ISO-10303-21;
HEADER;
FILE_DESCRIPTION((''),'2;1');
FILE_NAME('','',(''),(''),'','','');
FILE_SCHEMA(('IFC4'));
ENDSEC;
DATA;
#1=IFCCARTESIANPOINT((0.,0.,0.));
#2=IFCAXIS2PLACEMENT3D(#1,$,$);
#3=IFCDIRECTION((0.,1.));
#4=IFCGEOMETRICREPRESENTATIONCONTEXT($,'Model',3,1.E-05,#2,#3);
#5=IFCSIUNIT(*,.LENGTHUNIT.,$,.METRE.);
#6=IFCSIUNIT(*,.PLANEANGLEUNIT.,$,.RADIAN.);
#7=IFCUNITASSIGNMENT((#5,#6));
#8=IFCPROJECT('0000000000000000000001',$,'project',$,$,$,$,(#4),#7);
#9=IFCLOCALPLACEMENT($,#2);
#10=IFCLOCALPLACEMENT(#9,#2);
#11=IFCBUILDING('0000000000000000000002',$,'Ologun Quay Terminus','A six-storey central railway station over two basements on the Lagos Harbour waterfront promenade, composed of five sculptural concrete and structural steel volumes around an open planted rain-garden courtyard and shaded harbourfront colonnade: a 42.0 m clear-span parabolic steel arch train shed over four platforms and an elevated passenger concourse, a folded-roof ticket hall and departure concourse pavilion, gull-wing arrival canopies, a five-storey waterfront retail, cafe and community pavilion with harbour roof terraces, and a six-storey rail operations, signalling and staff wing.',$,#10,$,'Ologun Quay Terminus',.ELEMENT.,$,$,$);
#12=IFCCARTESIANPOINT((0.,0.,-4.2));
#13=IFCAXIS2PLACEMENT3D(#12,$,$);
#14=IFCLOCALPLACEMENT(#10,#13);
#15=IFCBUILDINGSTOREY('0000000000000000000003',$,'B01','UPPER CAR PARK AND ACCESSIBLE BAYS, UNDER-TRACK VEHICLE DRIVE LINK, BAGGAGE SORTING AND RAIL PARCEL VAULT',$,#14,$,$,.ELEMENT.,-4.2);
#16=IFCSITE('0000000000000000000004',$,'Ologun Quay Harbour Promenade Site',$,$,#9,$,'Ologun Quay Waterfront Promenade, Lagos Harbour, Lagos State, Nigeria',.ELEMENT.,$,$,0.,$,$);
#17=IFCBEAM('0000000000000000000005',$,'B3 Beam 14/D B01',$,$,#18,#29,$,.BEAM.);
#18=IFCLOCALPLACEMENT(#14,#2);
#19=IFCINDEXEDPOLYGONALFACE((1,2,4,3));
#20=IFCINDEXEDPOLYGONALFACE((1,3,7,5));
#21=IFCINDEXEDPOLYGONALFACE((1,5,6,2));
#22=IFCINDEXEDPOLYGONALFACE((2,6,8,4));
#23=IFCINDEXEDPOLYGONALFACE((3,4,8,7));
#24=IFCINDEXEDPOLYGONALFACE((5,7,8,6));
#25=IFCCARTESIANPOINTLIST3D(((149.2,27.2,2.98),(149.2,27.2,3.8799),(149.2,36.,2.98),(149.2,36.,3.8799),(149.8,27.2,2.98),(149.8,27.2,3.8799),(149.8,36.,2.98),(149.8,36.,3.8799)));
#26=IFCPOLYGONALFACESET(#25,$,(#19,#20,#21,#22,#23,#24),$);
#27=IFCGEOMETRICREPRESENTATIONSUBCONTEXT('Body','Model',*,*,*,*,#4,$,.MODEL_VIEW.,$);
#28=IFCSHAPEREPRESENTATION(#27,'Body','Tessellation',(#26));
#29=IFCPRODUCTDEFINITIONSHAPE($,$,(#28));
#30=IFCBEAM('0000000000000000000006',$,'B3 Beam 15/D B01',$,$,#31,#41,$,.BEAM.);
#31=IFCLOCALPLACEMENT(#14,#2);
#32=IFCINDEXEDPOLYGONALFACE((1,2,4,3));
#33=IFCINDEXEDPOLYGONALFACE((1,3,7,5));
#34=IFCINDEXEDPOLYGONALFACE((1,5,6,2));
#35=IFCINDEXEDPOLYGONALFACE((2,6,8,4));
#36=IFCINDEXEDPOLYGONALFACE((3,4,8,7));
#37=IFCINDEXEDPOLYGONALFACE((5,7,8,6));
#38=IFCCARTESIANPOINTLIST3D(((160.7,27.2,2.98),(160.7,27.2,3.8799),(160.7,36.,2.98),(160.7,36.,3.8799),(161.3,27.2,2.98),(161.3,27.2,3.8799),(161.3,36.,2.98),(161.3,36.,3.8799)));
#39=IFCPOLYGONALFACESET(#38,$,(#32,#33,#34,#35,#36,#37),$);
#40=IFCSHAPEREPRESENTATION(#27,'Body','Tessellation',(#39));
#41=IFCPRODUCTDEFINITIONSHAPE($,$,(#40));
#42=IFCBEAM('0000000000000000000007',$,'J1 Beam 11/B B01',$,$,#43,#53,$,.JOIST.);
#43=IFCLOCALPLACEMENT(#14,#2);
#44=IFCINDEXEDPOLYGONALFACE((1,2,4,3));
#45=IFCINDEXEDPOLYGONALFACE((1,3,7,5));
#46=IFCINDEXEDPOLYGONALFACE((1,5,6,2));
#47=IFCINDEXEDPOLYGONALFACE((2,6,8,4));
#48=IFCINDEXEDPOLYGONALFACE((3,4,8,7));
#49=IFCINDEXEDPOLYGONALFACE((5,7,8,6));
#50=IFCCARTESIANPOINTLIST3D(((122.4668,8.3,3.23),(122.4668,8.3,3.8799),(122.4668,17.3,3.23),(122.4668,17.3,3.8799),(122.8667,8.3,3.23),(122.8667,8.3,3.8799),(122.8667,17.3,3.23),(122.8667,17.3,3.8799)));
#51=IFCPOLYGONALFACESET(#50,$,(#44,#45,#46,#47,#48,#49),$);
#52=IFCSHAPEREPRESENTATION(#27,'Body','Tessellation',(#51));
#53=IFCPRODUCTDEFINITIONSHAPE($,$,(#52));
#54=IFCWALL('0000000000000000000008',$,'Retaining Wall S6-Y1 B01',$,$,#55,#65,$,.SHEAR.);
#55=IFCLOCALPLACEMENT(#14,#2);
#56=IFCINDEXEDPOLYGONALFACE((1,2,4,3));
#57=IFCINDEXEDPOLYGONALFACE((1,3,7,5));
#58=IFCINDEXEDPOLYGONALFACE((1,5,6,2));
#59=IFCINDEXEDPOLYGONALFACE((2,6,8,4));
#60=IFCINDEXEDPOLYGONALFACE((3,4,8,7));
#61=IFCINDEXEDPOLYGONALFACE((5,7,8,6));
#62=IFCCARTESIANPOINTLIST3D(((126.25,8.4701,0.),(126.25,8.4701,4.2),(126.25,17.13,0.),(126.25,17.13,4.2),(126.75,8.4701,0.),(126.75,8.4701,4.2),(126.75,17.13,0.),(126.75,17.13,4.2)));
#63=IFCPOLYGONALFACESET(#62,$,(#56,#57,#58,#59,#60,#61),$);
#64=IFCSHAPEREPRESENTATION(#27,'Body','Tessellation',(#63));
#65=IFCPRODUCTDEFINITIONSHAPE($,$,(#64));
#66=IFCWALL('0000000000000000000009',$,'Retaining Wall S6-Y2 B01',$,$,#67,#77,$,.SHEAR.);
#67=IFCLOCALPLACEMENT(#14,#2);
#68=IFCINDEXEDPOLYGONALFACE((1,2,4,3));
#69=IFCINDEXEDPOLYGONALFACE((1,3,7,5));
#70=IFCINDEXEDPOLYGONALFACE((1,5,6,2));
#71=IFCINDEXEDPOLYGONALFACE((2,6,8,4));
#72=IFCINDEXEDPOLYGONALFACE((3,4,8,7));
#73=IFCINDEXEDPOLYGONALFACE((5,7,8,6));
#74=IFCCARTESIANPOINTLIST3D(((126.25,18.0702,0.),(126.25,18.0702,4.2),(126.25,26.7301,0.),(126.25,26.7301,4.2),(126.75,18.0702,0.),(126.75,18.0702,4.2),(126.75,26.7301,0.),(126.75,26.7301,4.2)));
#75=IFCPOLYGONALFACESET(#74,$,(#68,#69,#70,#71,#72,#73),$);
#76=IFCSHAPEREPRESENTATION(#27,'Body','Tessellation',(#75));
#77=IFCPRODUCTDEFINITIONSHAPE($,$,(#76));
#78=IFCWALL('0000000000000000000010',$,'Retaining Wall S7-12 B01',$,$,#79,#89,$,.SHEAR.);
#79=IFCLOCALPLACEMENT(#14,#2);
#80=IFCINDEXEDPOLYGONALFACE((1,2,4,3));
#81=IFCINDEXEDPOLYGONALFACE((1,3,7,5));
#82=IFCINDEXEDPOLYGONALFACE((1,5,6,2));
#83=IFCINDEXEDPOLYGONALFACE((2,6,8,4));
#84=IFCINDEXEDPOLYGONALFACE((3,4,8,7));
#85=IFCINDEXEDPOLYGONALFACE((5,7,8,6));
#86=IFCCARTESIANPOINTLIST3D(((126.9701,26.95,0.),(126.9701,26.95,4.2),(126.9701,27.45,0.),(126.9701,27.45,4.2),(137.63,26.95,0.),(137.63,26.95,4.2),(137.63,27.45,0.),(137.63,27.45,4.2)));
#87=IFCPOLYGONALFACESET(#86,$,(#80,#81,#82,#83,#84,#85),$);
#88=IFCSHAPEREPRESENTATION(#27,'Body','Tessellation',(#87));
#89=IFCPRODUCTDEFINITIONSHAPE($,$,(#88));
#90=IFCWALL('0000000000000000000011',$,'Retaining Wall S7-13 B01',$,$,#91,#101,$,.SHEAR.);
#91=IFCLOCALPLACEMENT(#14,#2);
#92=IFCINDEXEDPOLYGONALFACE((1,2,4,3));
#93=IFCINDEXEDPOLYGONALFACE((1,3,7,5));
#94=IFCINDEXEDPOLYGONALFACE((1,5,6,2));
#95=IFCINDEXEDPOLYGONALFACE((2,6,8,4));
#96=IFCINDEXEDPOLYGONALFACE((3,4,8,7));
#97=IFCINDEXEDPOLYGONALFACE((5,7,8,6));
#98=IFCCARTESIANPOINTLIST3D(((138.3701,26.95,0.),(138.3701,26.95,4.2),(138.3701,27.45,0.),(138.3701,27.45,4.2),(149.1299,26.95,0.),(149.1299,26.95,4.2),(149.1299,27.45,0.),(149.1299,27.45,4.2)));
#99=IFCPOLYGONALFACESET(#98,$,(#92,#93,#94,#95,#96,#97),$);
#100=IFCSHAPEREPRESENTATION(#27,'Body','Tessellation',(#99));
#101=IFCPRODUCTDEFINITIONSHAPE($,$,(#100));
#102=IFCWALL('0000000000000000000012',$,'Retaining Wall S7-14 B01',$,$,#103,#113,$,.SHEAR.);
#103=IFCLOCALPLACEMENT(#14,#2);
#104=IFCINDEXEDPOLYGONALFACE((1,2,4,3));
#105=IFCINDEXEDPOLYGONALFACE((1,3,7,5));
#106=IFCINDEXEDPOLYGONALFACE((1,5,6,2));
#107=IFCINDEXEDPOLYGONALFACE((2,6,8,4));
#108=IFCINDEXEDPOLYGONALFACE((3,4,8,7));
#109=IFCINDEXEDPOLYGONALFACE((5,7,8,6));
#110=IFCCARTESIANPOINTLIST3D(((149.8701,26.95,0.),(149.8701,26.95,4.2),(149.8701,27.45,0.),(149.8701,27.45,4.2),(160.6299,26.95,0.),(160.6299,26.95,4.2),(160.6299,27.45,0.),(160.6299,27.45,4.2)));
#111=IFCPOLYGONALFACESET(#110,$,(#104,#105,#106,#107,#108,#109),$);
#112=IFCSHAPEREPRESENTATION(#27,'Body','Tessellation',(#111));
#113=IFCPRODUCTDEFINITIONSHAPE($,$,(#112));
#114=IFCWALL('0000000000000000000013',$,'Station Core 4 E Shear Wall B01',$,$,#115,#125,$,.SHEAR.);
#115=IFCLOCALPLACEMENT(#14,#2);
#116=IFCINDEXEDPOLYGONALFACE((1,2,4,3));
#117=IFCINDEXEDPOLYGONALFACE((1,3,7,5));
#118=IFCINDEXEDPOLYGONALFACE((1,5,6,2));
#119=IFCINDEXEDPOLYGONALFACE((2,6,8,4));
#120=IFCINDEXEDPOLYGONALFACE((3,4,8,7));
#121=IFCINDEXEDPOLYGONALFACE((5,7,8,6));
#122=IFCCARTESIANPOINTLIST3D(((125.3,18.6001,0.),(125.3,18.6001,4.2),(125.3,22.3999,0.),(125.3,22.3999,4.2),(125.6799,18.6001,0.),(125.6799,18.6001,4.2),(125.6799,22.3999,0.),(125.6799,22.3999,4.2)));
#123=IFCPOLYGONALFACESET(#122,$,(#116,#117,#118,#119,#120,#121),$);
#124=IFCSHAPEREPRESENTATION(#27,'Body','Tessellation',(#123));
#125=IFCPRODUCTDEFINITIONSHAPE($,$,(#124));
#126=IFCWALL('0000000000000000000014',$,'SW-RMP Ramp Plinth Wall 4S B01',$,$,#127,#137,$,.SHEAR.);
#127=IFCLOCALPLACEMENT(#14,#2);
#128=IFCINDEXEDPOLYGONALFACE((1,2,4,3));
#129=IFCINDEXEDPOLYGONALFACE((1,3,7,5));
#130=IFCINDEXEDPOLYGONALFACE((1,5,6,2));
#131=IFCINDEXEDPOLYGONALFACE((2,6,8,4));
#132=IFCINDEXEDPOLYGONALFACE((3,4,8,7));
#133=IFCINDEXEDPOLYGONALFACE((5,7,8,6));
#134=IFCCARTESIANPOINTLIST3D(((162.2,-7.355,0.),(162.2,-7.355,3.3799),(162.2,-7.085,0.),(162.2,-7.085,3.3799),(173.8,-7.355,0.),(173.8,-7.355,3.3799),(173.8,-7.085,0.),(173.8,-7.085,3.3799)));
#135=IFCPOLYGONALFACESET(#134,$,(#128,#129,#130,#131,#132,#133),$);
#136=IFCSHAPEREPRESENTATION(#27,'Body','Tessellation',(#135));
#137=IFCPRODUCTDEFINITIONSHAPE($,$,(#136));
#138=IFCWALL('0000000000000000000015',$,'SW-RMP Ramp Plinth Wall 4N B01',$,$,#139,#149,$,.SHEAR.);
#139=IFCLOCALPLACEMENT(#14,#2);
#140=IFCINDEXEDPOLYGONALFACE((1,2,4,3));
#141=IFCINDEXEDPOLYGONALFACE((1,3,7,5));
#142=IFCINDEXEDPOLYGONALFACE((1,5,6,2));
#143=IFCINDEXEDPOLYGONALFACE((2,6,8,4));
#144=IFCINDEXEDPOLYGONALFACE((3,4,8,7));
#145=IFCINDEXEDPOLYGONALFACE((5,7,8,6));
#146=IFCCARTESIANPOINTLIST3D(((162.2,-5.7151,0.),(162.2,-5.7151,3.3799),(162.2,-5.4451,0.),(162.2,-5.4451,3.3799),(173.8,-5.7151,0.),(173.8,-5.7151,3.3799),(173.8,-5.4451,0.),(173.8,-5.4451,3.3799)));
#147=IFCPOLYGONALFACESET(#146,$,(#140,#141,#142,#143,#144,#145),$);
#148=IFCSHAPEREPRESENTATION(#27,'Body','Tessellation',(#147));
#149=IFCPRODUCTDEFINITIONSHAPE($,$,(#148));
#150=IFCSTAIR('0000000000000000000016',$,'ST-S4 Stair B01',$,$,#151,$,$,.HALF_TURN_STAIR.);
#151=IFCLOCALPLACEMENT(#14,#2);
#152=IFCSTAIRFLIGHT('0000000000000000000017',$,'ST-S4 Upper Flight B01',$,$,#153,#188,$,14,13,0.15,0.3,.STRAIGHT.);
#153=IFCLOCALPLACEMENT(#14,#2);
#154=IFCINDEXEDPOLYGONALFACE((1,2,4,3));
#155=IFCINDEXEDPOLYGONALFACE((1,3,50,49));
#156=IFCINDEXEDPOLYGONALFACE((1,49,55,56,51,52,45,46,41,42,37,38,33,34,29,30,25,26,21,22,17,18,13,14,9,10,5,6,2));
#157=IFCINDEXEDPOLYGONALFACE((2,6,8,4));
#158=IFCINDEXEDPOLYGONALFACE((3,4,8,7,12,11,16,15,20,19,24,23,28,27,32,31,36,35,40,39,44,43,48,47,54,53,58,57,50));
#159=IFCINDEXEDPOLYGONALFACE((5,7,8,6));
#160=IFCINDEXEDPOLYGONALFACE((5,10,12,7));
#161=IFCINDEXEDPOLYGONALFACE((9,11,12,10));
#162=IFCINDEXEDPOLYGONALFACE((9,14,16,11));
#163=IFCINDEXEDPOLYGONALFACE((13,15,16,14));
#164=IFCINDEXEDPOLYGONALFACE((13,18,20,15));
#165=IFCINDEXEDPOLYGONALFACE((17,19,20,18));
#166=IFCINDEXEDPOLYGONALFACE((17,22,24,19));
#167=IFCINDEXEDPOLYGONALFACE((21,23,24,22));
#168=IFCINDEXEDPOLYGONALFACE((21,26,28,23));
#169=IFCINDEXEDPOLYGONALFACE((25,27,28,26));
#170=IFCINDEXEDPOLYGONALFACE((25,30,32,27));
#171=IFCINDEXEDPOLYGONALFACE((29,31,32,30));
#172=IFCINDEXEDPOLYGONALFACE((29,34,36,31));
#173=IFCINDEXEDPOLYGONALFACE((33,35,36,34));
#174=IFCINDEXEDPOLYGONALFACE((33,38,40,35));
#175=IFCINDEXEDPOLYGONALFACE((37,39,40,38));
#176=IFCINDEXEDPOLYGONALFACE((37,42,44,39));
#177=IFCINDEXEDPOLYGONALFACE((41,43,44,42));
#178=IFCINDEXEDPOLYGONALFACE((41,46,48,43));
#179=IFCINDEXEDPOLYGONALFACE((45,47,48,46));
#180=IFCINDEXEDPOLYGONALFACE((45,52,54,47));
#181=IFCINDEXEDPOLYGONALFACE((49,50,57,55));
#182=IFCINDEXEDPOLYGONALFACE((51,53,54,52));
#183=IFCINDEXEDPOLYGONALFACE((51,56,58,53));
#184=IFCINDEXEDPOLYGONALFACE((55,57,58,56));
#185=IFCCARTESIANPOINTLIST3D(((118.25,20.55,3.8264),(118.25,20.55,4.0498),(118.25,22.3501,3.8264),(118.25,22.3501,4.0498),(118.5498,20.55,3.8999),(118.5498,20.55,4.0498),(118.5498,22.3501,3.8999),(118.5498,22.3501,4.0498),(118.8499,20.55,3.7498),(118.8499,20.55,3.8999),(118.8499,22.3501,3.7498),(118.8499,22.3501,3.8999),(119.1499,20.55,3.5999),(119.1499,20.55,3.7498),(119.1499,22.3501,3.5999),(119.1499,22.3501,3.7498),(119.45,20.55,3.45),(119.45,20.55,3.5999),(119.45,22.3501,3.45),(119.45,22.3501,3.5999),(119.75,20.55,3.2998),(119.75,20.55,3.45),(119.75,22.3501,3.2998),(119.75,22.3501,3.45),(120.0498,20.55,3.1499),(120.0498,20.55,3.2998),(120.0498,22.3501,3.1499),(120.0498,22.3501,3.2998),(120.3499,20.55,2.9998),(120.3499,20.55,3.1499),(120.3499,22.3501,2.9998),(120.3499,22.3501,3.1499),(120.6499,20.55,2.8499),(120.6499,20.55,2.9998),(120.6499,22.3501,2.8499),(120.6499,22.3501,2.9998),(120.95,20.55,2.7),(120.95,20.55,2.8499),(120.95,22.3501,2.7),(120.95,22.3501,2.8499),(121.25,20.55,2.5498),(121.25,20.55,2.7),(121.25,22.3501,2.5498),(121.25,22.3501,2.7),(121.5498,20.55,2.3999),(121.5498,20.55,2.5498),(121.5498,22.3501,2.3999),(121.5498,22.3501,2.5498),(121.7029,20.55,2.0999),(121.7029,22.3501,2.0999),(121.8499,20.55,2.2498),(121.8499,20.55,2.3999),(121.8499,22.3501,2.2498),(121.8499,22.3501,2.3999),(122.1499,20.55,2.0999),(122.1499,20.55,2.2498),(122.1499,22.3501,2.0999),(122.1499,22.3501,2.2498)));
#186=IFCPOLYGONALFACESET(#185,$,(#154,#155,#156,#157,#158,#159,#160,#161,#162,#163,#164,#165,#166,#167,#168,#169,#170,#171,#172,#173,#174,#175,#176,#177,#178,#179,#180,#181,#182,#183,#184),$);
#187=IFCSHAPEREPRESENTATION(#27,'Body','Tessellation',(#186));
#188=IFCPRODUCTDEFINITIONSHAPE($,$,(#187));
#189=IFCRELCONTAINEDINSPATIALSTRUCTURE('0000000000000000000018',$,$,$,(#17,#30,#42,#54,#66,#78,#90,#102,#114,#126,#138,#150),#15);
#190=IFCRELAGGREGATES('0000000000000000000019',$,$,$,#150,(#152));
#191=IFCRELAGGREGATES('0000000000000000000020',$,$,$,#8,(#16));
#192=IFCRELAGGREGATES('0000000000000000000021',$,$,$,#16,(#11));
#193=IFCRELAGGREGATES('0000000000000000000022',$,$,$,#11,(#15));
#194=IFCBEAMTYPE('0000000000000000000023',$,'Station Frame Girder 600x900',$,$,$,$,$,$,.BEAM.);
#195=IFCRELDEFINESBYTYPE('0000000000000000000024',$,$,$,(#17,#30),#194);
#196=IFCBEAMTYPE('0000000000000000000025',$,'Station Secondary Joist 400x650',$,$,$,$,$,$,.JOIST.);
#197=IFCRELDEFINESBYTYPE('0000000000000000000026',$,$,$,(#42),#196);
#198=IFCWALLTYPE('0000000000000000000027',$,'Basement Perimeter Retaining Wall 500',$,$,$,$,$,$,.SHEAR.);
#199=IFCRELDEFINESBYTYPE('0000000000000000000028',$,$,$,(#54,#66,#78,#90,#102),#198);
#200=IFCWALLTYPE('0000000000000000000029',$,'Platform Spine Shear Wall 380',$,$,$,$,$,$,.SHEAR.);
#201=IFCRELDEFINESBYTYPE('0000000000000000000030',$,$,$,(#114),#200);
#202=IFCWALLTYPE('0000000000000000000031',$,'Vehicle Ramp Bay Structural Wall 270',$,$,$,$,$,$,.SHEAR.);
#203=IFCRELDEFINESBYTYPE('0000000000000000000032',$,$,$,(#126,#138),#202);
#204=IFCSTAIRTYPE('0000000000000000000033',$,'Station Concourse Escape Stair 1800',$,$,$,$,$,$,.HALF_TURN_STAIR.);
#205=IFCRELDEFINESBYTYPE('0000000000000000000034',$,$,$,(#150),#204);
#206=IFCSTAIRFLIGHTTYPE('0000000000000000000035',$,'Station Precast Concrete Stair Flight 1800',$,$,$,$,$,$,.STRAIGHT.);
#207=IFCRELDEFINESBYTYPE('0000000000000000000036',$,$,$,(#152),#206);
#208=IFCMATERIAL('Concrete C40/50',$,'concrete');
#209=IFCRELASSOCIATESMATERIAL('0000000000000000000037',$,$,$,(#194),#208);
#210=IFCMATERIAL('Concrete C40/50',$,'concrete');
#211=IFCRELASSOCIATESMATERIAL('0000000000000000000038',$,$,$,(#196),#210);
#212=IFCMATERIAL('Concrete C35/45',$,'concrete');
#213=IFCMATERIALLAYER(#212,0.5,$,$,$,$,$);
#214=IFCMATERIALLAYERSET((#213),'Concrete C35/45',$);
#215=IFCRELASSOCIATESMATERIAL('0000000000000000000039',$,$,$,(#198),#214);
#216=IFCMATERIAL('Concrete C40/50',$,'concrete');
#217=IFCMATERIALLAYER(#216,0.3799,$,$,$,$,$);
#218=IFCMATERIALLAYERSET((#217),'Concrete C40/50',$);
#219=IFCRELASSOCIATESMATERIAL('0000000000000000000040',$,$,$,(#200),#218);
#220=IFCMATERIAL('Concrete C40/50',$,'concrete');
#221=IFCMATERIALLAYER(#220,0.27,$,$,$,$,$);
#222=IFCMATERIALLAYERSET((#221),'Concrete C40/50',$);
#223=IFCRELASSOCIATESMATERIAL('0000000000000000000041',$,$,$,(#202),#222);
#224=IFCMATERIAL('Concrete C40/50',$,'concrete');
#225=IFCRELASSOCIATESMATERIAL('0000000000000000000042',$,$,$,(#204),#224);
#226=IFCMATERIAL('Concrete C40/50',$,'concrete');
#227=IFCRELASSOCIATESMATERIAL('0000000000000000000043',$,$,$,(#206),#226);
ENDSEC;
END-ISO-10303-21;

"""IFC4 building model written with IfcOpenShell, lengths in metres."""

from ifc_helpers import new_model, si_unit, direction, frame, frame_2d, origin, origin_2d, place, context, subcontext, project, spatial, polyline, rectangle, outline, extrude, material, layer, layer_set, material_profile, profile_set, type_object, element, aggregate, save


model = new_model("IFC4")

# Units and contexts
model_context = context("Model", 3, precision=1e-05, world=origin(), true_north=direction((0.0, 1.0)))
body_context = subcontext(model_context, "Body", "Model", "MODEL_VIEW")
ifc_project = project(units=[si_unit("LENGTHUNIT", "METRE"), si_unit("PLANEANGLEUNIT", "RADIAN")], contexts=[model_context])

# Site, building, storey
site_placement = place(None, origin())
site = spatial("IfcSite", under=ifc_project, at=site_placement, Name="Ologun Quay Harbour Promenade Site", LongName="Ologun Quay Waterfront Promenade, Lagos Harbour, Lagos State, Nigeria", CompositionType="ELEMENT", RefElevation=0.0)
building_placement = place(site_placement, origin())
building = spatial("IfcBuilding", under=site, at=building_placement, Name="Ologun Quay Terminus", Description="A six-storey central railway station over two basements on the Lagos Harbour waterfront promenade, composed of five sculptural concrete and structural steel volumes around an open planted rain-garden courtyard and shaded harbourfront colonnade: a 42.0 m clear-span parabolic steel arch train shed over four platforms and an elevated passenger concourse, a folded-roof ticket hall and departure concourse pavilion, gull-wing arrival canopies, a five-storey waterfront retail, cafe and community pavilion with harbour roof terraces, and a six-storey rail operations, signalling and staff wing.", LongName="Ologun Quay Terminus", CompositionType="ELEMENT")
storey_placement = place(building_placement, frame((0.0, 0.0, -4.2)))
storey = spatial("IfcBuildingStorey", under=building, at=storey_placement, Name="B01", Description="UPPER CAR PARK AND ACCESSIBLE BAYS, UNDER-TRACK VEHICLE DRIVE LINK, BAGGAGE SORTING AND RAIL PARCEL VAULT", CompositionType="ELEMENT", Elevation=-4.2)

# Beams
ifc_material_1 = material(Name="Concrete C40/50", Category="concrete")
ifc_material_profile_1 = material_profile(ifc_material_1, rectangle(XDim=0.6001, YDim=0.8999, at=origin_2d()), Name="RC 600x900")
ifc_profile_set_1 = profile_set([ifc_material_profile_1], Name="Concrete C40/50")
beam_type_1 = type_object("IfcBeamType", Name="Station Frame Girder 600x900", PredefinedType="BEAM", material=ifc_profile_set_1)
for number, where, z_axis, x_axis, name in (
    (1, (149.5, 27.2, 3.4299), (0.0, 1.0, 0.0), (-1.0, 0.0, 0.0), "B3 Beam 14/D B01"),
    (2, (161.0, 27.2, 3.4299), (0.0, 1.0, 0.0), (-1.0, 0.0, 0.0), "B3 Beam 15/D B01"),
):
    element("IfcBeam", number, at=place(storey_placement, frame(where, z_axis=z_axis, x_axis=x_axis)), inside=storey, type_object=beam_type_1, Name=name, PredefinedType="BEAM", context=body_context, shape_type="SweptSolid", body=[
        extrude(rectangle(XDim=0.6001, YDim=0.8999, at=origin_2d()), origin(), (0.0, 0.0, 1.0), 8.8),
    ])
ifc_material_2 = material(Name="Concrete C40/50", Category="concrete")
ifc_material_profile_2 = material_profile(ifc_material_2, rectangle(XDim=0.3999, YDim=0.6499, at=origin_2d()), Name="RC 400x650")
ifc_profile_set_2 = profile_set([ifc_material_profile_2], Name="Concrete C40/50")
beam_type_2 = type_object("IfcBeamType", Name="Station Secondary Joist 400x650", PredefinedType="JOIST", material=ifc_profile_set_2)
beam_1_placement = place(storey_placement, frame((122.6667, 8.3, 3.5549), z_axis=(0.0, 1.0, 0.0), x_axis=(-1.0, 0.0, 0.0)))
element("IfcBeam", 3, at=beam_1_placement, inside=storey, type_object=beam_type_2, Name="J1 Beam 11/B B01", PredefinedType="JOIST", context=body_context, shape_type="SweptSolid", body=[
    extrude(rectangle(XDim=0.3999, YDim=0.6499, at=origin_2d()), origin(), (0.0, 0.0, 1.0), 9.0),
])

# Walls
ifc_material_3 = material(Name="Concrete C35/45", Category="concrete")
ifc_layer_1 = layer(ifc_material_3, 0.5)
ifc_layer_set_1 = layer_set([ifc_layer_1], Name="Concrete C35/45")
wall_type_1 = type_object("IfcWallType", Name="Basement Perimeter Retaining Wall 500", PredefinedType="SHEAR", material=ifc_layer_set_1)
for number, where, z_axis, x_axis, name in (
    (4, (126.5, 8.47, 0.0), (0.0, 0.0, 1.0), (0.0, 1.0, 0.0), "Retaining Wall S6-Y1 B01"),
    (5, (126.5, 18.0701, 0.0), (0.0, 0.0, 1.0), (0.0, 1.0, 0.0), "Retaining Wall S6-Y2 B01"),
):
    element("IfcWall", number, at=place(storey_placement, frame(where, z_axis=z_axis, x_axis=x_axis)), inside=storey, type_object=wall_type_1, Name=name, PredefinedType="SHEAR", context=body_context, shape_type="SweptSolid", body=[
        extrude(rectangle(XDim=8.6599, YDim=0.5, at=frame_2d((4.3301, 0.0))), origin(), (0.0, 0.0, 1.0), 4.2),
    ])
wall_1_placement = place(storey_placement, frame((126.97, 27.2, 0.0), z_axis=(0.0, 0.0, 1.0), x_axis=(1.0, 0.0, 0.0)))
element("IfcWall", 6, at=wall_1_placement, inside=storey, type_object=wall_type_1, Name="Retaining Wall S7-12 B01", PredefinedType="SHEAR", context=body_context, shape_type="SweptSolid", body=[
    extrude(rectangle(XDim=10.6599, YDim=0.5, at=frame_2d((5.3301, 0.0))), origin(), (0.0, 0.0, 1.0), 4.2),
])
for number, where, z_axis, x_axis, name in (
    (7, (138.3701, 27.2, 0.0), (0.0, 0.0, 1.0), (1.0, 0.0, 0.0), "Retaining Wall S7-13 B01"),
    (8, (149.8701, 27.2, 0.0), (0.0, 0.0, 1.0), (1.0, 0.0, 0.0), "Retaining Wall S7-14 B01"),
):
    element("IfcWall", number, at=place(storey_placement, frame(where, z_axis=z_axis, x_axis=x_axis)), inside=storey, type_object=wall_type_1, Name=name, PredefinedType="SHEAR", context=body_context, shape_type="SweptSolid", body=[
        extrude(rectangle(XDim=10.7598, YDim=0.5, at=frame_2d((5.3799, 0.0))), origin(), (0.0, 0.0, 1.0), 4.2),
    ])
ifc_material_4 = material(Name="Concrete C40/50", Category="concrete")
ifc_layer_2 = layer(ifc_material_4, 0.3799)
ifc_layer_set_2 = layer_set([ifc_layer_2], Name="Concrete C40/50")
wall_type_2 = type_object("IfcWallType", Name="Platform Spine Shear Wall 380", PredefinedType="SHEAR", material=ifc_layer_set_2)
wall_2_placement = place(storey_placement, frame((125.49, 18.6001, 0.0), z_axis=(0.0, 0.0, 1.0), x_axis=(0.0, 1.0, 0.0)))
element("IfcWall", 9, at=wall_2_placement, inside=storey, type_object=wall_type_2, Name="Station Core 4 E Shear Wall B01", PredefinedType="SHEAR", context=body_context, shape_type="SweptSolid", body=[
    extrude(rectangle(XDim=3.7998, YDim=0.3799, at=frame_2d((1.8999, 0.0))), origin(), (0.0, 0.0, 1.0), 4.2),
])
ifc_material_5 = material(Name="Concrete C40/50", Category="concrete")
ifc_layer_3 = layer(ifc_material_5, 0.27)
ifc_layer_set_3 = layer_set([ifc_layer_3], Name="Concrete C40/50")
wall_type_3 = type_object("IfcWallType", Name="Vehicle Ramp Bay Structural Wall 270", PredefinedType="SHEAR", material=ifc_layer_set_3)
for number, where, z_axis, x_axis, name in (
    (10, (162.2, -7.22, 0.0), (0.0, 0.0, 1.0), (1.0, 0.0, 0.0), "SW-RMP Ramp Plinth Wall 4S B01"),
    (11, (162.2, -5.5801, 0.0), (0.0, 0.0, 1.0), (1.0, 0.0, 0.0), "SW-RMP Ramp Plinth Wall 4N B01"),
):
    element("IfcWall", number, at=place(storey_placement, frame(where, z_axis=z_axis, x_axis=x_axis)), inside=storey, type_object=wall_type_3, Name=name, PredefinedType="SHEAR", context=body_context, shape_type="SweptSolid", body=[
        extrude(rectangle(XDim=11.6001, YDim=0.27, at=frame_2d((5.8, 0.0))), origin(), (0.0, 0.0, 1.0), 3.3799),
    ])

# Stair, stair flight
ifc_material_6 = material(Name="Concrete C40/50", Category="concrete")
stair_type = type_object("IfcStairType", Name="Station Concourse Escape Stair 1800", PredefinedType="HALF_TURN_STAIR", material=ifc_material_6)
stair_placement = place(storey_placement, origin())
stair = element("IfcStair", 12, at=stair_placement, inside=storey, type_object=stair_type, Name="ST-S4 Stair B01", PredefinedType="HALF_TURN_STAIR")
ifc_material_7 = material(Name="Concrete C40/50", Category="concrete")
stair_flight_type = type_object("IfcStairFlightType", Name="Station Precast Concrete Stair Flight 1800", PredefinedType="STRAIGHT", material=ifc_material_7)
stair_flight_placement = place(storey_placement, frame((122.1499, 21.45, 2.0999), z_axis=(0.0, 0.0, 1.0), x_axis=(-1.0, 0.0, 0.0)))
stair_flight = element("IfcStairFlight", 13, at=stair_flight_placement, type_object=stair_flight_type, Name="ST-S4 Upper Flight B01", NumberOfRisers=14, NumberOfTreads=13, PredefinedType="STRAIGHT", RiserHeight=0.15, TreadLength=0.3, context=body_context, shape_type="SweptSolid", body=[
    extrude(outline(polyline([(0.0, 0.0), (0.0, 0.1499), (0.3, 0.1499), (0.3, 0.3), (0.6001, 0.3), (0.6001, 0.45), (0.8999, 0.45), (0.8999, 0.6001), (1.2, 0.6001), (1.2, 0.75), (1.5, 0.75), (1.5, 0.8999), (1.8, 0.8999), (1.8, 1.05), (2.1001, 1.05), (2.1001, 1.2), (2.3999, 1.2), (2.3999, 1.3501), (2.7, 1.3501), (2.7, 1.5), (3.0, 1.5), (3.0, 1.6499), (3.3, 1.6499), (3.3, 1.8), (3.6001, 1.8), (3.6001, 1.95), (3.8999, 1.95), (3.8999, 2.1001), (3.8999, 1.7266), (0.447, 0.0), (0.0, 0.0)])), frame((0.0, 0.8999, 0.0), z_axis=(0.0, -1.0, 0.0), x_axis=(1.0, 0.0, 0.0)), (0.0, 0.0, 1.0), 1.8),
])
aggregate(stair, [stair_flight])

save(model, "model.ifc")
